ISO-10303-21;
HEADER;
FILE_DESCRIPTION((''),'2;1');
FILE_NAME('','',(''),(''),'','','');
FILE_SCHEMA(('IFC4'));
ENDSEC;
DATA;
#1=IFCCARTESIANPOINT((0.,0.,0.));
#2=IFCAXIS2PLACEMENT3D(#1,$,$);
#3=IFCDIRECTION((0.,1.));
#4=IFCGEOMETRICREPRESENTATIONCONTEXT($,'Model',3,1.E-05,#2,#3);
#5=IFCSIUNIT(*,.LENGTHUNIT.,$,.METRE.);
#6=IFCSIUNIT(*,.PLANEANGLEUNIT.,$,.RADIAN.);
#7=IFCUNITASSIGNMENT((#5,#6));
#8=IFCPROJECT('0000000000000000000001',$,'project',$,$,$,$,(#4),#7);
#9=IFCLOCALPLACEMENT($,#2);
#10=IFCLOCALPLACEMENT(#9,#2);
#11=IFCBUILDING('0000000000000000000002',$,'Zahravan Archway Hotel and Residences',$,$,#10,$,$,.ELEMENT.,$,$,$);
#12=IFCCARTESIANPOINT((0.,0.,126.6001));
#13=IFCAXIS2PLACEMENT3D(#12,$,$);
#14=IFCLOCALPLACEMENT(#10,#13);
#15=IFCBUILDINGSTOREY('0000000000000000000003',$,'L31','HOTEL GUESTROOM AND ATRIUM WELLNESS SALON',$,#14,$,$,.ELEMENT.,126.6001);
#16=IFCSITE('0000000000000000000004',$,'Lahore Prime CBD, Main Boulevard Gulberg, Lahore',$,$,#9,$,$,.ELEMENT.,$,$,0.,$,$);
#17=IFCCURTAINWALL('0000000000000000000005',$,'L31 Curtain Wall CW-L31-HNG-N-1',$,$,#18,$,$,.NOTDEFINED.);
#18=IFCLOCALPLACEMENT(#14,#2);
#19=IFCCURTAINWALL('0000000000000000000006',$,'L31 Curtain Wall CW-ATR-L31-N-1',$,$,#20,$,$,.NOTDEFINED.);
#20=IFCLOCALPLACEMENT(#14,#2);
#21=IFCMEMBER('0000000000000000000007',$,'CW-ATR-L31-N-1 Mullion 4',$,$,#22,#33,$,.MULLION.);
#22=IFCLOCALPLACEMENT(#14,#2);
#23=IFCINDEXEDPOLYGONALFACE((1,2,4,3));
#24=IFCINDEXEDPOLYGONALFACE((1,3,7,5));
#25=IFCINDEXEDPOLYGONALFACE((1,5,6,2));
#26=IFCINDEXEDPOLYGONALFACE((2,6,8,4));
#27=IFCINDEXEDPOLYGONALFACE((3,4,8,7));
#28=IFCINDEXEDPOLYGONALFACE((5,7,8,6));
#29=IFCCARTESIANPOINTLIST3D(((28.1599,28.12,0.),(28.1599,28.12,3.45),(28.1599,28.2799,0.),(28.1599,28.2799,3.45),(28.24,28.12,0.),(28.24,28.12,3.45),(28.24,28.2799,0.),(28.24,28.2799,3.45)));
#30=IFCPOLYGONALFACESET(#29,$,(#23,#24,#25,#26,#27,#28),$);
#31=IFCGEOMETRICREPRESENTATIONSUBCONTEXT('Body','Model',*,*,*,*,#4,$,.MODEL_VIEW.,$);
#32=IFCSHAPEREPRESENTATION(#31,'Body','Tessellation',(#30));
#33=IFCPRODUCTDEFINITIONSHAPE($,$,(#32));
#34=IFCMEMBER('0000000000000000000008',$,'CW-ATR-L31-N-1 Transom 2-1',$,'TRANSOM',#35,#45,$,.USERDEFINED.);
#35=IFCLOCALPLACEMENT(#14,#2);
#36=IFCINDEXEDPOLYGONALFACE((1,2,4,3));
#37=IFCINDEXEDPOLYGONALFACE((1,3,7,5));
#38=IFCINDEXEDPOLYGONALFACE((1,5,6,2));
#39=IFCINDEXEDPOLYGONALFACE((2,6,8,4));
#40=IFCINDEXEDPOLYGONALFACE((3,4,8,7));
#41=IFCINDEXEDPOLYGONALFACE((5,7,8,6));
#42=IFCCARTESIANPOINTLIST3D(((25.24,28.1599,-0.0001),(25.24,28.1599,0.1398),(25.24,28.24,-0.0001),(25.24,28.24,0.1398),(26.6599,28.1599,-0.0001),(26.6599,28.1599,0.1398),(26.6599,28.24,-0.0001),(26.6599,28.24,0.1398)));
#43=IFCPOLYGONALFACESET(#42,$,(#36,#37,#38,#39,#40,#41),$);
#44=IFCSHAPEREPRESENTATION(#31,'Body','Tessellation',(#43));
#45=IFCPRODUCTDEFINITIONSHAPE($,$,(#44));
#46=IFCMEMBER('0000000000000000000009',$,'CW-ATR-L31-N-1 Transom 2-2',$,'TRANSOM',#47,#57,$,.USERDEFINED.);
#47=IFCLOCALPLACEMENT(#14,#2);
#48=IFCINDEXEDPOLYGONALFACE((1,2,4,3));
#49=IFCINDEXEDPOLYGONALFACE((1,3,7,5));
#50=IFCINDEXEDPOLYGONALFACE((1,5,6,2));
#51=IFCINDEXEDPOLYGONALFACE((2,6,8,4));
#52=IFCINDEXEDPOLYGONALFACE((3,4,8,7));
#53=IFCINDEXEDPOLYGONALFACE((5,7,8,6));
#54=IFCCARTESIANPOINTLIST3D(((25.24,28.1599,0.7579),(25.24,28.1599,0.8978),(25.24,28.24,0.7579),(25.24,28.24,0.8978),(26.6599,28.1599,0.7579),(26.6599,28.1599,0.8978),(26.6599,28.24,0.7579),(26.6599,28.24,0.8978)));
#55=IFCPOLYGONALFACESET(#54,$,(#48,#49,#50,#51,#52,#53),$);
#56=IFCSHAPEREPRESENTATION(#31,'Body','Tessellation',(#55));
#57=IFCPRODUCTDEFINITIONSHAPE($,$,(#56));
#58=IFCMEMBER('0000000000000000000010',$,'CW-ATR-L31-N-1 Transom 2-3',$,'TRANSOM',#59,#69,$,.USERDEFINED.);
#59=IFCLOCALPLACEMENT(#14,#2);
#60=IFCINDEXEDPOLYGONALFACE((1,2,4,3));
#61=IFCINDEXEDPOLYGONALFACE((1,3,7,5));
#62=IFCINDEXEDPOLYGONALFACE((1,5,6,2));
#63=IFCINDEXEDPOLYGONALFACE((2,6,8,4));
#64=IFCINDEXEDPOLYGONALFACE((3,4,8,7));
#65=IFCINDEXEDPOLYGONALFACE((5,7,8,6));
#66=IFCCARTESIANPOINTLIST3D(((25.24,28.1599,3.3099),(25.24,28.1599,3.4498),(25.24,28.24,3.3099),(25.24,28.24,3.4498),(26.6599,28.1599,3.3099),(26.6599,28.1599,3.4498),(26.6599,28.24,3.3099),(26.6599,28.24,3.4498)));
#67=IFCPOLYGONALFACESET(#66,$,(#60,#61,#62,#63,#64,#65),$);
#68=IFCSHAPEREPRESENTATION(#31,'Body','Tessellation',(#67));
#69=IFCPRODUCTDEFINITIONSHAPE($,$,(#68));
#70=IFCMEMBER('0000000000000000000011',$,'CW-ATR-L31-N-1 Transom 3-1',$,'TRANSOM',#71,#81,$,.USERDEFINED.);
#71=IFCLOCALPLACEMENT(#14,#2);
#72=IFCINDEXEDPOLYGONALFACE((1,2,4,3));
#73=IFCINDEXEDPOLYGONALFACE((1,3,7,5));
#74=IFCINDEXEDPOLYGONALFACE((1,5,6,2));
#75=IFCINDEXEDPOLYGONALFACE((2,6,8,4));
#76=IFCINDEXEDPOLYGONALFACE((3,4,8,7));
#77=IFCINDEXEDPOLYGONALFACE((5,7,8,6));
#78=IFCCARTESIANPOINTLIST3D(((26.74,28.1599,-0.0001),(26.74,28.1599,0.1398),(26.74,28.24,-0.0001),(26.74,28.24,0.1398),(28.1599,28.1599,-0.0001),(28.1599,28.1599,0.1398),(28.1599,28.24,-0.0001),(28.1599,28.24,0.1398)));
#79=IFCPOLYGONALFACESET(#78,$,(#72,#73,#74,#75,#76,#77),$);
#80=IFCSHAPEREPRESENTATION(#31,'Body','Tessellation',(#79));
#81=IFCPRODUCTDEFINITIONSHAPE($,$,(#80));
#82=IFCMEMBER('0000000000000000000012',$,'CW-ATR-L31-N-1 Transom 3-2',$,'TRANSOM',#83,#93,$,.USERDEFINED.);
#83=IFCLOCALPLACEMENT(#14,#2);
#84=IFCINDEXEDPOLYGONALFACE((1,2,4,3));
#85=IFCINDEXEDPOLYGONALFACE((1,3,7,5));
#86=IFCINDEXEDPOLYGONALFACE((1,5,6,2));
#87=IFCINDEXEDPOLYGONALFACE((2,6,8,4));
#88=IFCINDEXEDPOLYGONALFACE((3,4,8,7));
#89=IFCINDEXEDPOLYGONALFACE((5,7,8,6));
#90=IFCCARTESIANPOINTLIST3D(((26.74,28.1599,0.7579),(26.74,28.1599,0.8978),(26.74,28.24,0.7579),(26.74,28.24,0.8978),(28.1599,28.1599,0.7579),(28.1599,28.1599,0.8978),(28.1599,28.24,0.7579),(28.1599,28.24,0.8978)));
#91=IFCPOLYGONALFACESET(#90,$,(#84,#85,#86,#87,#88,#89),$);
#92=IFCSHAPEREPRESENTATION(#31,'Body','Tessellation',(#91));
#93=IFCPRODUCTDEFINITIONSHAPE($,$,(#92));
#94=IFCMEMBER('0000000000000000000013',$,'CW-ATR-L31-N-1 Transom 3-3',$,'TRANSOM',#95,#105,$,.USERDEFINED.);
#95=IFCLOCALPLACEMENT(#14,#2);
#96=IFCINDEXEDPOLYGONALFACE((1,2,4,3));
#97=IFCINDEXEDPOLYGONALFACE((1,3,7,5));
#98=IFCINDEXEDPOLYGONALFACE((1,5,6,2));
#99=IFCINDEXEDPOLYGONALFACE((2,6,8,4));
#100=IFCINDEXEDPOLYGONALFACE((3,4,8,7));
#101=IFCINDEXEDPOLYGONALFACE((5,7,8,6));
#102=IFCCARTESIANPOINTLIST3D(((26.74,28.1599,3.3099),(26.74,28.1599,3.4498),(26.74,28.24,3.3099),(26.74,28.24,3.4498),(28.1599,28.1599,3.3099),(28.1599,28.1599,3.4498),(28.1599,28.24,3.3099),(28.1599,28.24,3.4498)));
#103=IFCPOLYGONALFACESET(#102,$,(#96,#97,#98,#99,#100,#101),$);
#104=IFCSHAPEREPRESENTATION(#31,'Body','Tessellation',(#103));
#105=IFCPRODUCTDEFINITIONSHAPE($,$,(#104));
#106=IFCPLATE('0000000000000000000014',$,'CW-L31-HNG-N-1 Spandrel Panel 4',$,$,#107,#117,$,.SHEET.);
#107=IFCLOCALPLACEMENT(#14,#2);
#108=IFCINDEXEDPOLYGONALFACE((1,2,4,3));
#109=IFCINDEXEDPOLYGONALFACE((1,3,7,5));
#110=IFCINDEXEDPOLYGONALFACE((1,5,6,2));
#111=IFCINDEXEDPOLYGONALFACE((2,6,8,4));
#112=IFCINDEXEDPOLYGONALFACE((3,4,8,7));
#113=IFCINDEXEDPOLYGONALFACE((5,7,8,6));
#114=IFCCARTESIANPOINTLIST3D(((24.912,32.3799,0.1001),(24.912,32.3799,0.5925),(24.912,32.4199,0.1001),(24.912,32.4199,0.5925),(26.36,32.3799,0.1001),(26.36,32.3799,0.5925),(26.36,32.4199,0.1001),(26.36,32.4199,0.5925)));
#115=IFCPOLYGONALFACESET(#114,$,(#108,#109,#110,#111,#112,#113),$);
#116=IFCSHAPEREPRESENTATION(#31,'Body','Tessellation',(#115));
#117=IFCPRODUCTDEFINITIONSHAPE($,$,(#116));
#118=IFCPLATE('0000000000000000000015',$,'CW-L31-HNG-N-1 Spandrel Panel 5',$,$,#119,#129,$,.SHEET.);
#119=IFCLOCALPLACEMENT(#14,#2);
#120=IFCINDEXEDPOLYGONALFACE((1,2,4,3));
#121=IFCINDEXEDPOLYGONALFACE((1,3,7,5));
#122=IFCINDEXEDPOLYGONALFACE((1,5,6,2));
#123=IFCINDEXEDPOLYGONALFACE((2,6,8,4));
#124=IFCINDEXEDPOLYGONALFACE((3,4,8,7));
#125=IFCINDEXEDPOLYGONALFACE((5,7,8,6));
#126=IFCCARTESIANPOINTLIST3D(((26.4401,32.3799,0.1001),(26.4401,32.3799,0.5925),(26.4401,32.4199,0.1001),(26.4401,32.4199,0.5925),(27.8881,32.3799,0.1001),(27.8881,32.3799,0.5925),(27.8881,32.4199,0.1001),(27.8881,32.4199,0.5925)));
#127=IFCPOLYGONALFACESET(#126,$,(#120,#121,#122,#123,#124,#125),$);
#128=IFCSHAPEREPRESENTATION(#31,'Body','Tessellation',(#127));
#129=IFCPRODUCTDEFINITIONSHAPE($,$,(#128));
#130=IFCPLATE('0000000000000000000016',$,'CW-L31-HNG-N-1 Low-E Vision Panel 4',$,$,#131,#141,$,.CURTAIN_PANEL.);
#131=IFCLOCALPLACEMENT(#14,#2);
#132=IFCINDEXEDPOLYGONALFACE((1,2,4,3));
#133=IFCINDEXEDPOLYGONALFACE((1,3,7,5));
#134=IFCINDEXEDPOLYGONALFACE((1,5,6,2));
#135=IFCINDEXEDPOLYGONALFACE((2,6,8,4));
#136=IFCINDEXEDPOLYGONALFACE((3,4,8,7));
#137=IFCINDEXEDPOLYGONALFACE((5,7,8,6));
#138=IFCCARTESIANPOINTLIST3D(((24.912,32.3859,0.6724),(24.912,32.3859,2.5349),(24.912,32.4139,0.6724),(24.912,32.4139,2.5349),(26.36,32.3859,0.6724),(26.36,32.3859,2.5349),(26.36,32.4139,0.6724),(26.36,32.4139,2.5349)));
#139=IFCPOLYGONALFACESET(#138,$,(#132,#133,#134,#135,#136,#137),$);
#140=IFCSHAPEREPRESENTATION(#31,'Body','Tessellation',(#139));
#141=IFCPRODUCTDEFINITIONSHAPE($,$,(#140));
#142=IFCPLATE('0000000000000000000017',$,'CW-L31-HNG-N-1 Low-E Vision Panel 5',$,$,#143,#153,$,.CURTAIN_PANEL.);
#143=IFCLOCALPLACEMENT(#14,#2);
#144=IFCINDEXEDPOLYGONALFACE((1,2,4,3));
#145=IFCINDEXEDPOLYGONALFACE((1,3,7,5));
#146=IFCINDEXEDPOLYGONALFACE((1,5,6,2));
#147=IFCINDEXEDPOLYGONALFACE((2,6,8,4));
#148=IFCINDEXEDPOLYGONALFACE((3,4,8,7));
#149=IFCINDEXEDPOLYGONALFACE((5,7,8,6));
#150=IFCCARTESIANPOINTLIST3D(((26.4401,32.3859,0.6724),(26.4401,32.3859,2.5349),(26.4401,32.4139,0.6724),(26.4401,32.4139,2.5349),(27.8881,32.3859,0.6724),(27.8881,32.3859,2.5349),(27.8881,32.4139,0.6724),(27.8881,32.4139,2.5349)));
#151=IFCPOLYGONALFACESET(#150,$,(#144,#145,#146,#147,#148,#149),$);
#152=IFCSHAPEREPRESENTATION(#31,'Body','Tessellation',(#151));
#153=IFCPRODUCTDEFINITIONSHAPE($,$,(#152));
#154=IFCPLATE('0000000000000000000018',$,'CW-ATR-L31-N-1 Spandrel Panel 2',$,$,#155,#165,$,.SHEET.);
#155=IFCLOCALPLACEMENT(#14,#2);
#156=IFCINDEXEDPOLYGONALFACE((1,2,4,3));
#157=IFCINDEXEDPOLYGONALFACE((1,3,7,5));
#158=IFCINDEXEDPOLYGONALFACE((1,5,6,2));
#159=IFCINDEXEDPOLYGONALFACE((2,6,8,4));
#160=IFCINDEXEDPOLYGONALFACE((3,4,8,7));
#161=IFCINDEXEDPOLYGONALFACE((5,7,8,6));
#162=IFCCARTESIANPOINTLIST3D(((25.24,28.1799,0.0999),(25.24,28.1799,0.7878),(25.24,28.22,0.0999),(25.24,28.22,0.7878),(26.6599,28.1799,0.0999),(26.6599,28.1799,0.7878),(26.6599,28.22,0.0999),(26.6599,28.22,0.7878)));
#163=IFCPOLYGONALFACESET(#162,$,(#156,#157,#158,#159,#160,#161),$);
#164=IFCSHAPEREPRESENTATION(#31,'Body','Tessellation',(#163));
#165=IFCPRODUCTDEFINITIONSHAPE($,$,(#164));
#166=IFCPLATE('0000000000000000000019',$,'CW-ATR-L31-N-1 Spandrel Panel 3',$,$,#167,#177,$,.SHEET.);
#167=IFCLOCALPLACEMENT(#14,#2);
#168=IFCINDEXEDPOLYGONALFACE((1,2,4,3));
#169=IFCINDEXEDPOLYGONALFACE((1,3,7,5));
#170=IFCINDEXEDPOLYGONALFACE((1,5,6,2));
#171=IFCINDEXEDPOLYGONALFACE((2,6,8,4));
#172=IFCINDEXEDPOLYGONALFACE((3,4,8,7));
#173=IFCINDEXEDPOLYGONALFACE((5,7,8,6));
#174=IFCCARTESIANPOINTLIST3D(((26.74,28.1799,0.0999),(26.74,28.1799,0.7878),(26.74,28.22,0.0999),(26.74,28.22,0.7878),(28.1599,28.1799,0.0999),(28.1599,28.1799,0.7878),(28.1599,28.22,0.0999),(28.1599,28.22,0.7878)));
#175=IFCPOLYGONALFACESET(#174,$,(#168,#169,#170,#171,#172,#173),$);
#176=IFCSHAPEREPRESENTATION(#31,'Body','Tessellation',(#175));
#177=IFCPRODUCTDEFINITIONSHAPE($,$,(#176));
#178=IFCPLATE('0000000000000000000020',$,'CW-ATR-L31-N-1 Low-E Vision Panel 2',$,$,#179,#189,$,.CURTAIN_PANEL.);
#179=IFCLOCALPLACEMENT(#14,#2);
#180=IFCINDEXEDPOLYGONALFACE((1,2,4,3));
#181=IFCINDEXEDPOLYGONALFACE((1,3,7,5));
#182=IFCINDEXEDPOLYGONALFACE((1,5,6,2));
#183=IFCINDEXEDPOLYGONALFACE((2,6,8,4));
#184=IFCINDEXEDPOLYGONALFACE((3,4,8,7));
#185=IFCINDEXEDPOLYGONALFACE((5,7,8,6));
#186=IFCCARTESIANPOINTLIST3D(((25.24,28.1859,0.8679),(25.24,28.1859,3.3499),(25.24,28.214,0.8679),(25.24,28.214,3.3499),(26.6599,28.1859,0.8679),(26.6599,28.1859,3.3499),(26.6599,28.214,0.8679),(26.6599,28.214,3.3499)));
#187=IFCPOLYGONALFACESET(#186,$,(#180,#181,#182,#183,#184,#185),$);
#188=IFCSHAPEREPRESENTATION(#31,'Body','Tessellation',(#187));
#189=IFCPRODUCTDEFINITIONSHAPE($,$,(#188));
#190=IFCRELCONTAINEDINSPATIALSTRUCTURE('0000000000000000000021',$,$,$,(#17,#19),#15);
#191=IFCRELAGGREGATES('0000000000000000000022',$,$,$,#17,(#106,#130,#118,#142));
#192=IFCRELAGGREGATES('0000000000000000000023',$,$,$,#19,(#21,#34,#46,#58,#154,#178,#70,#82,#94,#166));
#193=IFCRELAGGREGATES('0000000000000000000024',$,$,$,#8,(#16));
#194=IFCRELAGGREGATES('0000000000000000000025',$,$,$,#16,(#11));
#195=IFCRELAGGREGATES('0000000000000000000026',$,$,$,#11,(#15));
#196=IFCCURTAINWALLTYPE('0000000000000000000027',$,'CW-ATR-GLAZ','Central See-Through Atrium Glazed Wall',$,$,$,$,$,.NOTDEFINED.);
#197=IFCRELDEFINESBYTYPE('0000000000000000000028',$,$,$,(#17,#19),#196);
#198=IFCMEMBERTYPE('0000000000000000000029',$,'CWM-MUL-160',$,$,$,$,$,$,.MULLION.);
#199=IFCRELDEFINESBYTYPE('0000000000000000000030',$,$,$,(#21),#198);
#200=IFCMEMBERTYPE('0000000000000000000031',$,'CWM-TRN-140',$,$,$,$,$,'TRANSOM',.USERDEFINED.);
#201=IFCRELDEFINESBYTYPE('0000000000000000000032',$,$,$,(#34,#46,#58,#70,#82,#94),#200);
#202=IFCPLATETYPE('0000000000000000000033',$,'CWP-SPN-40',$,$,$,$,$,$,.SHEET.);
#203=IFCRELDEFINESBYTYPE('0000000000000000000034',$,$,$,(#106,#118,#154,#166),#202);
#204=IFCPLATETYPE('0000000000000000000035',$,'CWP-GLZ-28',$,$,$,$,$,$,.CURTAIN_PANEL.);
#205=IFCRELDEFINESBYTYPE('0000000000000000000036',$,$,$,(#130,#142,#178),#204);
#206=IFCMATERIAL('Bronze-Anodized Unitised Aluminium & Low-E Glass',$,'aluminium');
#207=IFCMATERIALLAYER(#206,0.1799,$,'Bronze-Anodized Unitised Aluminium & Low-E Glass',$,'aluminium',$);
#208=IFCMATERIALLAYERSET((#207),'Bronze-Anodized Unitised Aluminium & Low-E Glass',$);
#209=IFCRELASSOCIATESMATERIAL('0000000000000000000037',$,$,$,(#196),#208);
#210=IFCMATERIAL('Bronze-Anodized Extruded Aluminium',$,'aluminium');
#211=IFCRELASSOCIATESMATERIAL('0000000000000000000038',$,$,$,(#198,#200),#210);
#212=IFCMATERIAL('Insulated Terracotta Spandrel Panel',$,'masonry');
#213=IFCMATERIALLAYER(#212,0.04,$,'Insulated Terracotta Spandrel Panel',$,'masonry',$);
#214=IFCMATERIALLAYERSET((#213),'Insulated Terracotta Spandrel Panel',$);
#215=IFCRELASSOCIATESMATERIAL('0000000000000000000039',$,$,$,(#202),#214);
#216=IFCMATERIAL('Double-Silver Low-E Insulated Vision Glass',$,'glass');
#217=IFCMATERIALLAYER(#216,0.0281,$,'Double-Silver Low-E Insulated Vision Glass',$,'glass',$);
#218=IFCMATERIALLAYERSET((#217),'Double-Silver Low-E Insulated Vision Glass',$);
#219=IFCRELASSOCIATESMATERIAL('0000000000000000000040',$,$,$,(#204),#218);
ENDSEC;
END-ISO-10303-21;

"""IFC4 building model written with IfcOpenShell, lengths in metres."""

from ifc_helpers import new_model, si_unit, direction, frame, origin, origin_2d, place, context, subcontext, project, spatial, rectangle, extrude, source, transform, mapped, material, layer, layer_set, material_profile, profile_set, type_object, element, aggregate, save


model = new_model("IFC4")

# Units and contexts
model_context = context("Model", 3, precision=1e-05, world=origin(), true_north=direction((0.0, 1.0)))
body_context = subcontext(model_context, "Body", "Model", "MODEL_VIEW")
ifc_project = project(units=[si_unit("LENGTHUNIT", "METRE"), si_unit("PLANEANGLEUNIT", "RADIAN")], contexts=[model_context])

# Site, building, storey
site_placement = place(None, origin())
site = spatial("IfcSite", under=ifc_project, at=site_placement, Name="Lahore Prime CBD, Main Boulevard Gulberg, Lahore", CompositionType="ELEMENT", RefElevation=0.0)
building_placement = place(site_placement, origin())
building = spatial("IfcBuilding", under=site, at=building_placement, Name="Zahravan Archway Hotel and Residences", CompositionType="ELEMENT")
storey_placement = place(building_placement, frame((0.0, 0.0, 126.6001)))
storey = spatial("IfcBuildingStorey", under=building, at=storey_placement, Name="L31", Description="HOTEL GUESTROOM AND ATRIUM WELLNESS SALON", CompositionType="ELEMENT", Elevation=126.6001)

# Curtain walls, members
ifc_material_1 = material(Name="Bronze-Anodized Unitised Aluminium & Low-E Glass", Category="aluminium")
ifc_layer_1 = layer(ifc_material_1, 0.1799, Name="Bronze-Anodized Unitised Aluminium & Low-E Glass", Category="aluminium")
ifc_layer_set_1 = layer_set([ifc_layer_1], Name="Bronze-Anodized Unitised Aluminium & Low-E Glass")
curtain_wall_type = type_object("IfcCurtainWallType", Name="CW-ATR-GLAZ", Description="Central See-Through Atrium Glazed Wall", PredefinedType="NOTDEFINED", material=ifc_layer_set_1)
curtain_wall_1_placement = place(storey_placement, origin())
curtain_wall_1 = element("IfcCurtainWall", 1, at=curtain_wall_1_placement, inside=storey, type_object=curtain_wall_type, Name="L31 Curtain Wall CW-L31-HNG-N-1", PredefinedType="NOTDEFINED")
ifc_material_2 = material(Name="Bronze-Anodized Extruded Aluminium", Category="aluminium")
ifc_material_profile_1 = material_profile(ifc_material_2, rectangle(XDim=0.0801, YDim=0.1599, at=origin_2d()), Name="MUL 80x160", Category="aluminium")
ifc_profile_set_1 = profile_set([ifc_material_profile_1], Name="Bronze-Anodized Extruded Aluminium")
member_type_1 = type_object("IfcMemberType", Name="CWM-MUL-160", PredefinedType="MULLION", material=ifc_profile_set_1)
ifc_material_profile_2 = material_profile(ifc_material_2, rectangle(XDim=0.0801, YDim=0.1399, at=origin_2d()), Name="TRN 80x140", Category="aluminium")
ifc_profile_set_2 = profile_set([ifc_material_profile_2], Name="Bronze-Anodized Extruded Aluminium")
member_type_2 = type_object("IfcMemberType", Name="CWM-TRN-140", ElementType="TRANSOM", PredefinedType="USERDEFINED", material=ifc_profile_set_2)
curtain_wall_2_placement = place(storey_placement, origin())
curtain_wall_2 = element("IfcCurtainWall", 2, at=curtain_wall_2_placement, inside=storey, type_object=curtain_wall_type, Name="L31 Curtain Wall CW-ATR-L31-N-1", PredefinedType="NOTDEFINED")
shared_shape_1 = source(origin(), body_context, "Body", "SweptSolid", [
    extrude(rectangle(XDim=0.0801, YDim=0.1599, at=origin_2d()), origin(), (0.0, 0.0, 1.0), 3.45),
])
member_1_placement = place(storey_placement, frame((28.2, 28.2, 0.0), z_axis=(0.0, 0.0, 1.0), x_axis=(1.0, 0.0, 0.0)))
member_1 = element("IfcMember", 3, at=member_1_placement, type_object=member_type_1, Name="CW-ATR-L31-N-1 Mullion 4", PredefinedType="MULLION", context=body_context, shape_type="MappedRepresentation", body=[
    mapped(shared_shape_1, transform((0.0, 0.0, 0.0), scale=1.0)),
])
shared_shape_2 = source(origin(), body_context, "Body", "SweptSolid", [
    extrude(rectangle(XDim=0.0801, YDim=0.1399, at=origin_2d()), origin(), (0.0, 0.0, 1.0), 1.4199),
])
member_2_placement = place(storey_placement, frame((25.24, 28.2, 0.0698), z_axis=(1.0, 0.0, 0.0), x_axis=(0.0, 1.0, 0.0)))
member_2 = element("IfcMember", 4, at=member_2_placement, type_object=member_type_2, Name="CW-ATR-L31-N-1 Transom 2-1", ObjectType="TRANSOM", PredefinedType="USERDEFINED", context=body_context, shape_type="MappedRepresentation", body=[
    mapped(shared_shape_2, transform((0.0, 0.0, 0.0), scale=1.0)),
])
member_3_placement = place(storey_placement, frame((25.24, 28.2, 0.8279), z_axis=(1.0, 0.0, 0.0), x_axis=(0.0, 1.0, 0.0)))
member_3 = element("IfcMember", 5, at=member_3_placement, type_object=member_type_2, Name="CW-ATR-L31-N-1 Transom 2-2", ObjectType="TRANSOM", PredefinedType="USERDEFINED", context=body_context, shape_type="MappedRepresentation", body=[
    mapped(shared_shape_2, transform((0.0, 0.0, 0.0), scale=1.0)),
])
member_4_placement = place(storey_placement, frame((25.24, 28.2, 3.3799), z_axis=(1.0, 0.0, 0.0), x_axis=(0.0, 1.0, 0.0)))
member_4 = element("IfcMember", 6, at=member_4_placement, type_object=member_type_2, Name="CW-ATR-L31-N-1 Transom 2-3", ObjectType="TRANSOM", PredefinedType="USERDEFINED", context=body_context, shape_type="MappedRepresentation", body=[
    mapped(shared_shape_2, transform((0.0, 0.0, 0.0), scale=1.0)),
])
member_5_placement = place(storey_placement, frame((26.74, 28.2, 0.0698), z_axis=(1.0, 0.0, 0.0), x_axis=(0.0, 1.0, 0.0)))
member_5 = element("IfcMember", 7, at=member_5_placement, type_object=member_type_2, Name="CW-ATR-L31-N-1 Transom 3-1", ObjectType="TRANSOM", PredefinedType="USERDEFINED", context=body_context, shape_type="MappedRepresentation", body=[
    mapped(shared_shape_2, transform((0.0, 0.0, 0.0), scale=1.0)),
])
member_6_placement = place(storey_placement, frame((26.74, 28.2, 0.8279), z_axis=(1.0, 0.0, 0.0), x_axis=(0.0, 1.0, 0.0)))
member_6 = element("IfcMember", 8, at=member_6_placement, type_object=member_type_2, Name="CW-ATR-L31-N-1 Transom 3-2", ObjectType="TRANSOM", PredefinedType="USERDEFINED", context=body_context, shape_type="MappedRepresentation", body=[
    mapped(shared_shape_2, transform((0.0, 0.0, 0.0), scale=1.0)),
])
member_7_placement = place(storey_placement, frame((26.74, 28.2, 3.3799), z_axis=(1.0, 0.0, 0.0), x_axis=(0.0, 1.0, 0.0)))
member_7 = element("IfcMember", 9, at=member_7_placement, type_object=member_type_2, Name="CW-ATR-L31-N-1 Transom 3-3", ObjectType="TRANSOM", PredefinedType="USERDEFINED", context=body_context, shape_type="MappedRepresentation", body=[
    mapped(shared_shape_2, transform((0.0, 0.0, 0.0), scale=1.0)),
])

# Plates
ifc_material_3 = material(Name="Insulated Terracotta Spandrel Panel", Category="masonry")
ifc_layer_2 = layer(ifc_material_3, 0.04, Name="Insulated Terracotta Spandrel Panel", Category="masonry")
ifc_layer_set_2 = layer_set([ifc_layer_2], Name="Insulated Terracotta Spandrel Panel")
plate_type_1 = type_object("IfcPlateType", Name="CWP-SPN-40", PredefinedType="SHEET", material=ifc_layer_set_2)
shared_shape_3 = source(origin(), body_context, "Body", "SweptSolid", [
    extrude(rectangle(XDim=1.448, YDim=0.04, at=origin_2d()), origin(), (0.0, 0.0, 1.0), 0.4924),
])
plate_1_placement = place(storey_placement, frame((25.636, 32.3999, 0.1001), z_axis=(0.0, 0.0, 1.0), x_axis=(1.0, 0.0, 0.0)))
plate_1 = element("IfcPlate", 10, at=plate_1_placement, type_object=plate_type_1, Name="CW-L31-HNG-N-1 Spandrel Panel 4", PredefinedType="SHEET", context=body_context, shape_type="MappedRepresentation", body=[
    mapped(shared_shape_3, transform((0.0, 0.0, 0.0), scale=1.0)),
])
plate_2_placement = place(storey_placement, frame((27.1641, 32.3999, 0.1001), z_axis=(0.0, 0.0, 1.0), x_axis=(1.0, 0.0, 0.0)))
plate_2 = element("IfcPlate", 11, at=plate_2_placement, type_object=plate_type_1, Name="CW-L31-HNG-N-1 Spandrel Panel 5", PredefinedType="SHEET", context=body_context, shape_type="MappedRepresentation", body=[
    mapped(shared_shape_3, transform((0.0, 0.0, 0.0), scale=1.0)),
])
ifc_material_4 = material(Name="Double-Silver Low-E Insulated Vision Glass", Category="glass")
ifc_layer_3 = layer(ifc_material_4, 0.0281, Name="Double-Silver Low-E Insulated Vision Glass", Category="glass")
ifc_layer_set_3 = layer_set([ifc_layer_3], Name="Double-Silver Low-E Insulated Vision Glass")
plate_type_2 = type_object("IfcPlateType", Name="CWP-GLZ-28", PredefinedType="CURTAIN_PANEL", material=ifc_layer_set_3)
shared_shape_4 = source(origin(), body_context, "Body", "SweptSolid", [
    extrude(rectangle(XDim=1.448, YDim=0.0281, at=origin_2d()), origin(), (0.0, 0.0, 1.0), 1.8625),
])
plate_3_placement = place(storey_placement, frame((25.636, 32.3999, 0.6724), z_axis=(0.0, 0.0, 1.0), x_axis=(1.0, 0.0, 0.0)))
plate_3 = element("IfcPlate", 12, at=plate_3_placement, type_object=plate_type_2, Name="CW-L31-HNG-N-1 Low-E Vision Panel 4", PredefinedType="CURTAIN_PANEL", context=body_context, shape_type="MappedRepresentation", body=[
    mapped(shared_shape_4, transform((0.0, 0.0, 0.0), scale=1.0)),
])
plate_4_placement = place(storey_placement, frame((27.1641, 32.3999, 0.6724), z_axis=(0.0, 0.0, 1.0), x_axis=(1.0, 0.0, 0.0)))
plate_4 = element("IfcPlate", 13, at=plate_4_placement, type_object=plate_type_2, Name="CW-L31-HNG-N-1 Low-E Vision Panel 5", PredefinedType="CURTAIN_PANEL", context=body_context, shape_type="MappedRepresentation", body=[
    mapped(shared_shape_4, transform((0.0, 0.0, 0.0), scale=1.0)),
])
aggregate(curtain_wall_1, [plate_1, plate_3, plate_2, plate_4])
shared_shape_5 = source(origin(), body_context, "Body", "SweptSolid", [
    extrude(rectangle(XDim=1.4199, YDim=0.04, at=origin_2d()), origin(), (0.0, 0.0, 1.0), 0.688),
])
plate_5_placement = place(storey_placement, frame((25.95, 28.2, 0.0999), z_axis=(0.0, 0.0, 1.0), x_axis=(1.0, 0.0, 0.0)))
plate_5 = element("IfcPlate", 14, at=plate_5_placement, type_object=plate_type_1, Name="CW-ATR-L31-N-1 Spandrel Panel 2", PredefinedType="SHEET", context=body_context, shape_type="MappedRepresentation", body=[
    mapped(shared_shape_5, transform((0.0, 0.0, 0.0), scale=1.0)),
])
plate_6_placement = place(storey_placement, frame((27.45, 28.2, 0.0999), z_axis=(0.0, 0.0, 1.0), x_axis=(1.0, 0.0, 0.0)))
plate_6 = element("IfcPlate", 15, at=plate_6_placement, type_object=plate_type_1, Name="CW-ATR-L31-N-1 Spandrel Panel 3", PredefinedType="SHEET", context=body_context, shape_type="MappedRepresentation", body=[
    mapped(shared_shape_5, transform((0.0, 0.0, 0.0), scale=1.0)),
])
shared_shape_6 = source(origin(), body_context, "Body", "SweptSolid", [
    extrude(rectangle(XDim=1.4199, YDim=0.0281, at=origin_2d()), origin(), (0.0, 0.0, 1.0), 2.4819),
])
plate_7_placement = place(storey_placement, frame((25.95, 28.2, 0.8679), z_axis=(0.0, 0.0, 1.0), x_axis=(1.0, 0.0, 0.0)))
plate_7 = element("IfcPlate", 16, at=plate_7_placement, type_object=plate_type_2, Name="CW-ATR-L31-N-1 Low-E Vision Panel 2", PredefinedType="CURTAIN_PANEL", context=body_context, shape_type="MappedRepresentation", body=[
    mapped(shared_shape_6, transform((0.0, 0.0, 0.0), scale=1.0)),
])
aggregate(curtain_wall_2, [member_1, member_2, member_3, member_4, plate_5, plate_7, member_5, member_6, member_7, plate_6])

save(model, "model.ifc")
